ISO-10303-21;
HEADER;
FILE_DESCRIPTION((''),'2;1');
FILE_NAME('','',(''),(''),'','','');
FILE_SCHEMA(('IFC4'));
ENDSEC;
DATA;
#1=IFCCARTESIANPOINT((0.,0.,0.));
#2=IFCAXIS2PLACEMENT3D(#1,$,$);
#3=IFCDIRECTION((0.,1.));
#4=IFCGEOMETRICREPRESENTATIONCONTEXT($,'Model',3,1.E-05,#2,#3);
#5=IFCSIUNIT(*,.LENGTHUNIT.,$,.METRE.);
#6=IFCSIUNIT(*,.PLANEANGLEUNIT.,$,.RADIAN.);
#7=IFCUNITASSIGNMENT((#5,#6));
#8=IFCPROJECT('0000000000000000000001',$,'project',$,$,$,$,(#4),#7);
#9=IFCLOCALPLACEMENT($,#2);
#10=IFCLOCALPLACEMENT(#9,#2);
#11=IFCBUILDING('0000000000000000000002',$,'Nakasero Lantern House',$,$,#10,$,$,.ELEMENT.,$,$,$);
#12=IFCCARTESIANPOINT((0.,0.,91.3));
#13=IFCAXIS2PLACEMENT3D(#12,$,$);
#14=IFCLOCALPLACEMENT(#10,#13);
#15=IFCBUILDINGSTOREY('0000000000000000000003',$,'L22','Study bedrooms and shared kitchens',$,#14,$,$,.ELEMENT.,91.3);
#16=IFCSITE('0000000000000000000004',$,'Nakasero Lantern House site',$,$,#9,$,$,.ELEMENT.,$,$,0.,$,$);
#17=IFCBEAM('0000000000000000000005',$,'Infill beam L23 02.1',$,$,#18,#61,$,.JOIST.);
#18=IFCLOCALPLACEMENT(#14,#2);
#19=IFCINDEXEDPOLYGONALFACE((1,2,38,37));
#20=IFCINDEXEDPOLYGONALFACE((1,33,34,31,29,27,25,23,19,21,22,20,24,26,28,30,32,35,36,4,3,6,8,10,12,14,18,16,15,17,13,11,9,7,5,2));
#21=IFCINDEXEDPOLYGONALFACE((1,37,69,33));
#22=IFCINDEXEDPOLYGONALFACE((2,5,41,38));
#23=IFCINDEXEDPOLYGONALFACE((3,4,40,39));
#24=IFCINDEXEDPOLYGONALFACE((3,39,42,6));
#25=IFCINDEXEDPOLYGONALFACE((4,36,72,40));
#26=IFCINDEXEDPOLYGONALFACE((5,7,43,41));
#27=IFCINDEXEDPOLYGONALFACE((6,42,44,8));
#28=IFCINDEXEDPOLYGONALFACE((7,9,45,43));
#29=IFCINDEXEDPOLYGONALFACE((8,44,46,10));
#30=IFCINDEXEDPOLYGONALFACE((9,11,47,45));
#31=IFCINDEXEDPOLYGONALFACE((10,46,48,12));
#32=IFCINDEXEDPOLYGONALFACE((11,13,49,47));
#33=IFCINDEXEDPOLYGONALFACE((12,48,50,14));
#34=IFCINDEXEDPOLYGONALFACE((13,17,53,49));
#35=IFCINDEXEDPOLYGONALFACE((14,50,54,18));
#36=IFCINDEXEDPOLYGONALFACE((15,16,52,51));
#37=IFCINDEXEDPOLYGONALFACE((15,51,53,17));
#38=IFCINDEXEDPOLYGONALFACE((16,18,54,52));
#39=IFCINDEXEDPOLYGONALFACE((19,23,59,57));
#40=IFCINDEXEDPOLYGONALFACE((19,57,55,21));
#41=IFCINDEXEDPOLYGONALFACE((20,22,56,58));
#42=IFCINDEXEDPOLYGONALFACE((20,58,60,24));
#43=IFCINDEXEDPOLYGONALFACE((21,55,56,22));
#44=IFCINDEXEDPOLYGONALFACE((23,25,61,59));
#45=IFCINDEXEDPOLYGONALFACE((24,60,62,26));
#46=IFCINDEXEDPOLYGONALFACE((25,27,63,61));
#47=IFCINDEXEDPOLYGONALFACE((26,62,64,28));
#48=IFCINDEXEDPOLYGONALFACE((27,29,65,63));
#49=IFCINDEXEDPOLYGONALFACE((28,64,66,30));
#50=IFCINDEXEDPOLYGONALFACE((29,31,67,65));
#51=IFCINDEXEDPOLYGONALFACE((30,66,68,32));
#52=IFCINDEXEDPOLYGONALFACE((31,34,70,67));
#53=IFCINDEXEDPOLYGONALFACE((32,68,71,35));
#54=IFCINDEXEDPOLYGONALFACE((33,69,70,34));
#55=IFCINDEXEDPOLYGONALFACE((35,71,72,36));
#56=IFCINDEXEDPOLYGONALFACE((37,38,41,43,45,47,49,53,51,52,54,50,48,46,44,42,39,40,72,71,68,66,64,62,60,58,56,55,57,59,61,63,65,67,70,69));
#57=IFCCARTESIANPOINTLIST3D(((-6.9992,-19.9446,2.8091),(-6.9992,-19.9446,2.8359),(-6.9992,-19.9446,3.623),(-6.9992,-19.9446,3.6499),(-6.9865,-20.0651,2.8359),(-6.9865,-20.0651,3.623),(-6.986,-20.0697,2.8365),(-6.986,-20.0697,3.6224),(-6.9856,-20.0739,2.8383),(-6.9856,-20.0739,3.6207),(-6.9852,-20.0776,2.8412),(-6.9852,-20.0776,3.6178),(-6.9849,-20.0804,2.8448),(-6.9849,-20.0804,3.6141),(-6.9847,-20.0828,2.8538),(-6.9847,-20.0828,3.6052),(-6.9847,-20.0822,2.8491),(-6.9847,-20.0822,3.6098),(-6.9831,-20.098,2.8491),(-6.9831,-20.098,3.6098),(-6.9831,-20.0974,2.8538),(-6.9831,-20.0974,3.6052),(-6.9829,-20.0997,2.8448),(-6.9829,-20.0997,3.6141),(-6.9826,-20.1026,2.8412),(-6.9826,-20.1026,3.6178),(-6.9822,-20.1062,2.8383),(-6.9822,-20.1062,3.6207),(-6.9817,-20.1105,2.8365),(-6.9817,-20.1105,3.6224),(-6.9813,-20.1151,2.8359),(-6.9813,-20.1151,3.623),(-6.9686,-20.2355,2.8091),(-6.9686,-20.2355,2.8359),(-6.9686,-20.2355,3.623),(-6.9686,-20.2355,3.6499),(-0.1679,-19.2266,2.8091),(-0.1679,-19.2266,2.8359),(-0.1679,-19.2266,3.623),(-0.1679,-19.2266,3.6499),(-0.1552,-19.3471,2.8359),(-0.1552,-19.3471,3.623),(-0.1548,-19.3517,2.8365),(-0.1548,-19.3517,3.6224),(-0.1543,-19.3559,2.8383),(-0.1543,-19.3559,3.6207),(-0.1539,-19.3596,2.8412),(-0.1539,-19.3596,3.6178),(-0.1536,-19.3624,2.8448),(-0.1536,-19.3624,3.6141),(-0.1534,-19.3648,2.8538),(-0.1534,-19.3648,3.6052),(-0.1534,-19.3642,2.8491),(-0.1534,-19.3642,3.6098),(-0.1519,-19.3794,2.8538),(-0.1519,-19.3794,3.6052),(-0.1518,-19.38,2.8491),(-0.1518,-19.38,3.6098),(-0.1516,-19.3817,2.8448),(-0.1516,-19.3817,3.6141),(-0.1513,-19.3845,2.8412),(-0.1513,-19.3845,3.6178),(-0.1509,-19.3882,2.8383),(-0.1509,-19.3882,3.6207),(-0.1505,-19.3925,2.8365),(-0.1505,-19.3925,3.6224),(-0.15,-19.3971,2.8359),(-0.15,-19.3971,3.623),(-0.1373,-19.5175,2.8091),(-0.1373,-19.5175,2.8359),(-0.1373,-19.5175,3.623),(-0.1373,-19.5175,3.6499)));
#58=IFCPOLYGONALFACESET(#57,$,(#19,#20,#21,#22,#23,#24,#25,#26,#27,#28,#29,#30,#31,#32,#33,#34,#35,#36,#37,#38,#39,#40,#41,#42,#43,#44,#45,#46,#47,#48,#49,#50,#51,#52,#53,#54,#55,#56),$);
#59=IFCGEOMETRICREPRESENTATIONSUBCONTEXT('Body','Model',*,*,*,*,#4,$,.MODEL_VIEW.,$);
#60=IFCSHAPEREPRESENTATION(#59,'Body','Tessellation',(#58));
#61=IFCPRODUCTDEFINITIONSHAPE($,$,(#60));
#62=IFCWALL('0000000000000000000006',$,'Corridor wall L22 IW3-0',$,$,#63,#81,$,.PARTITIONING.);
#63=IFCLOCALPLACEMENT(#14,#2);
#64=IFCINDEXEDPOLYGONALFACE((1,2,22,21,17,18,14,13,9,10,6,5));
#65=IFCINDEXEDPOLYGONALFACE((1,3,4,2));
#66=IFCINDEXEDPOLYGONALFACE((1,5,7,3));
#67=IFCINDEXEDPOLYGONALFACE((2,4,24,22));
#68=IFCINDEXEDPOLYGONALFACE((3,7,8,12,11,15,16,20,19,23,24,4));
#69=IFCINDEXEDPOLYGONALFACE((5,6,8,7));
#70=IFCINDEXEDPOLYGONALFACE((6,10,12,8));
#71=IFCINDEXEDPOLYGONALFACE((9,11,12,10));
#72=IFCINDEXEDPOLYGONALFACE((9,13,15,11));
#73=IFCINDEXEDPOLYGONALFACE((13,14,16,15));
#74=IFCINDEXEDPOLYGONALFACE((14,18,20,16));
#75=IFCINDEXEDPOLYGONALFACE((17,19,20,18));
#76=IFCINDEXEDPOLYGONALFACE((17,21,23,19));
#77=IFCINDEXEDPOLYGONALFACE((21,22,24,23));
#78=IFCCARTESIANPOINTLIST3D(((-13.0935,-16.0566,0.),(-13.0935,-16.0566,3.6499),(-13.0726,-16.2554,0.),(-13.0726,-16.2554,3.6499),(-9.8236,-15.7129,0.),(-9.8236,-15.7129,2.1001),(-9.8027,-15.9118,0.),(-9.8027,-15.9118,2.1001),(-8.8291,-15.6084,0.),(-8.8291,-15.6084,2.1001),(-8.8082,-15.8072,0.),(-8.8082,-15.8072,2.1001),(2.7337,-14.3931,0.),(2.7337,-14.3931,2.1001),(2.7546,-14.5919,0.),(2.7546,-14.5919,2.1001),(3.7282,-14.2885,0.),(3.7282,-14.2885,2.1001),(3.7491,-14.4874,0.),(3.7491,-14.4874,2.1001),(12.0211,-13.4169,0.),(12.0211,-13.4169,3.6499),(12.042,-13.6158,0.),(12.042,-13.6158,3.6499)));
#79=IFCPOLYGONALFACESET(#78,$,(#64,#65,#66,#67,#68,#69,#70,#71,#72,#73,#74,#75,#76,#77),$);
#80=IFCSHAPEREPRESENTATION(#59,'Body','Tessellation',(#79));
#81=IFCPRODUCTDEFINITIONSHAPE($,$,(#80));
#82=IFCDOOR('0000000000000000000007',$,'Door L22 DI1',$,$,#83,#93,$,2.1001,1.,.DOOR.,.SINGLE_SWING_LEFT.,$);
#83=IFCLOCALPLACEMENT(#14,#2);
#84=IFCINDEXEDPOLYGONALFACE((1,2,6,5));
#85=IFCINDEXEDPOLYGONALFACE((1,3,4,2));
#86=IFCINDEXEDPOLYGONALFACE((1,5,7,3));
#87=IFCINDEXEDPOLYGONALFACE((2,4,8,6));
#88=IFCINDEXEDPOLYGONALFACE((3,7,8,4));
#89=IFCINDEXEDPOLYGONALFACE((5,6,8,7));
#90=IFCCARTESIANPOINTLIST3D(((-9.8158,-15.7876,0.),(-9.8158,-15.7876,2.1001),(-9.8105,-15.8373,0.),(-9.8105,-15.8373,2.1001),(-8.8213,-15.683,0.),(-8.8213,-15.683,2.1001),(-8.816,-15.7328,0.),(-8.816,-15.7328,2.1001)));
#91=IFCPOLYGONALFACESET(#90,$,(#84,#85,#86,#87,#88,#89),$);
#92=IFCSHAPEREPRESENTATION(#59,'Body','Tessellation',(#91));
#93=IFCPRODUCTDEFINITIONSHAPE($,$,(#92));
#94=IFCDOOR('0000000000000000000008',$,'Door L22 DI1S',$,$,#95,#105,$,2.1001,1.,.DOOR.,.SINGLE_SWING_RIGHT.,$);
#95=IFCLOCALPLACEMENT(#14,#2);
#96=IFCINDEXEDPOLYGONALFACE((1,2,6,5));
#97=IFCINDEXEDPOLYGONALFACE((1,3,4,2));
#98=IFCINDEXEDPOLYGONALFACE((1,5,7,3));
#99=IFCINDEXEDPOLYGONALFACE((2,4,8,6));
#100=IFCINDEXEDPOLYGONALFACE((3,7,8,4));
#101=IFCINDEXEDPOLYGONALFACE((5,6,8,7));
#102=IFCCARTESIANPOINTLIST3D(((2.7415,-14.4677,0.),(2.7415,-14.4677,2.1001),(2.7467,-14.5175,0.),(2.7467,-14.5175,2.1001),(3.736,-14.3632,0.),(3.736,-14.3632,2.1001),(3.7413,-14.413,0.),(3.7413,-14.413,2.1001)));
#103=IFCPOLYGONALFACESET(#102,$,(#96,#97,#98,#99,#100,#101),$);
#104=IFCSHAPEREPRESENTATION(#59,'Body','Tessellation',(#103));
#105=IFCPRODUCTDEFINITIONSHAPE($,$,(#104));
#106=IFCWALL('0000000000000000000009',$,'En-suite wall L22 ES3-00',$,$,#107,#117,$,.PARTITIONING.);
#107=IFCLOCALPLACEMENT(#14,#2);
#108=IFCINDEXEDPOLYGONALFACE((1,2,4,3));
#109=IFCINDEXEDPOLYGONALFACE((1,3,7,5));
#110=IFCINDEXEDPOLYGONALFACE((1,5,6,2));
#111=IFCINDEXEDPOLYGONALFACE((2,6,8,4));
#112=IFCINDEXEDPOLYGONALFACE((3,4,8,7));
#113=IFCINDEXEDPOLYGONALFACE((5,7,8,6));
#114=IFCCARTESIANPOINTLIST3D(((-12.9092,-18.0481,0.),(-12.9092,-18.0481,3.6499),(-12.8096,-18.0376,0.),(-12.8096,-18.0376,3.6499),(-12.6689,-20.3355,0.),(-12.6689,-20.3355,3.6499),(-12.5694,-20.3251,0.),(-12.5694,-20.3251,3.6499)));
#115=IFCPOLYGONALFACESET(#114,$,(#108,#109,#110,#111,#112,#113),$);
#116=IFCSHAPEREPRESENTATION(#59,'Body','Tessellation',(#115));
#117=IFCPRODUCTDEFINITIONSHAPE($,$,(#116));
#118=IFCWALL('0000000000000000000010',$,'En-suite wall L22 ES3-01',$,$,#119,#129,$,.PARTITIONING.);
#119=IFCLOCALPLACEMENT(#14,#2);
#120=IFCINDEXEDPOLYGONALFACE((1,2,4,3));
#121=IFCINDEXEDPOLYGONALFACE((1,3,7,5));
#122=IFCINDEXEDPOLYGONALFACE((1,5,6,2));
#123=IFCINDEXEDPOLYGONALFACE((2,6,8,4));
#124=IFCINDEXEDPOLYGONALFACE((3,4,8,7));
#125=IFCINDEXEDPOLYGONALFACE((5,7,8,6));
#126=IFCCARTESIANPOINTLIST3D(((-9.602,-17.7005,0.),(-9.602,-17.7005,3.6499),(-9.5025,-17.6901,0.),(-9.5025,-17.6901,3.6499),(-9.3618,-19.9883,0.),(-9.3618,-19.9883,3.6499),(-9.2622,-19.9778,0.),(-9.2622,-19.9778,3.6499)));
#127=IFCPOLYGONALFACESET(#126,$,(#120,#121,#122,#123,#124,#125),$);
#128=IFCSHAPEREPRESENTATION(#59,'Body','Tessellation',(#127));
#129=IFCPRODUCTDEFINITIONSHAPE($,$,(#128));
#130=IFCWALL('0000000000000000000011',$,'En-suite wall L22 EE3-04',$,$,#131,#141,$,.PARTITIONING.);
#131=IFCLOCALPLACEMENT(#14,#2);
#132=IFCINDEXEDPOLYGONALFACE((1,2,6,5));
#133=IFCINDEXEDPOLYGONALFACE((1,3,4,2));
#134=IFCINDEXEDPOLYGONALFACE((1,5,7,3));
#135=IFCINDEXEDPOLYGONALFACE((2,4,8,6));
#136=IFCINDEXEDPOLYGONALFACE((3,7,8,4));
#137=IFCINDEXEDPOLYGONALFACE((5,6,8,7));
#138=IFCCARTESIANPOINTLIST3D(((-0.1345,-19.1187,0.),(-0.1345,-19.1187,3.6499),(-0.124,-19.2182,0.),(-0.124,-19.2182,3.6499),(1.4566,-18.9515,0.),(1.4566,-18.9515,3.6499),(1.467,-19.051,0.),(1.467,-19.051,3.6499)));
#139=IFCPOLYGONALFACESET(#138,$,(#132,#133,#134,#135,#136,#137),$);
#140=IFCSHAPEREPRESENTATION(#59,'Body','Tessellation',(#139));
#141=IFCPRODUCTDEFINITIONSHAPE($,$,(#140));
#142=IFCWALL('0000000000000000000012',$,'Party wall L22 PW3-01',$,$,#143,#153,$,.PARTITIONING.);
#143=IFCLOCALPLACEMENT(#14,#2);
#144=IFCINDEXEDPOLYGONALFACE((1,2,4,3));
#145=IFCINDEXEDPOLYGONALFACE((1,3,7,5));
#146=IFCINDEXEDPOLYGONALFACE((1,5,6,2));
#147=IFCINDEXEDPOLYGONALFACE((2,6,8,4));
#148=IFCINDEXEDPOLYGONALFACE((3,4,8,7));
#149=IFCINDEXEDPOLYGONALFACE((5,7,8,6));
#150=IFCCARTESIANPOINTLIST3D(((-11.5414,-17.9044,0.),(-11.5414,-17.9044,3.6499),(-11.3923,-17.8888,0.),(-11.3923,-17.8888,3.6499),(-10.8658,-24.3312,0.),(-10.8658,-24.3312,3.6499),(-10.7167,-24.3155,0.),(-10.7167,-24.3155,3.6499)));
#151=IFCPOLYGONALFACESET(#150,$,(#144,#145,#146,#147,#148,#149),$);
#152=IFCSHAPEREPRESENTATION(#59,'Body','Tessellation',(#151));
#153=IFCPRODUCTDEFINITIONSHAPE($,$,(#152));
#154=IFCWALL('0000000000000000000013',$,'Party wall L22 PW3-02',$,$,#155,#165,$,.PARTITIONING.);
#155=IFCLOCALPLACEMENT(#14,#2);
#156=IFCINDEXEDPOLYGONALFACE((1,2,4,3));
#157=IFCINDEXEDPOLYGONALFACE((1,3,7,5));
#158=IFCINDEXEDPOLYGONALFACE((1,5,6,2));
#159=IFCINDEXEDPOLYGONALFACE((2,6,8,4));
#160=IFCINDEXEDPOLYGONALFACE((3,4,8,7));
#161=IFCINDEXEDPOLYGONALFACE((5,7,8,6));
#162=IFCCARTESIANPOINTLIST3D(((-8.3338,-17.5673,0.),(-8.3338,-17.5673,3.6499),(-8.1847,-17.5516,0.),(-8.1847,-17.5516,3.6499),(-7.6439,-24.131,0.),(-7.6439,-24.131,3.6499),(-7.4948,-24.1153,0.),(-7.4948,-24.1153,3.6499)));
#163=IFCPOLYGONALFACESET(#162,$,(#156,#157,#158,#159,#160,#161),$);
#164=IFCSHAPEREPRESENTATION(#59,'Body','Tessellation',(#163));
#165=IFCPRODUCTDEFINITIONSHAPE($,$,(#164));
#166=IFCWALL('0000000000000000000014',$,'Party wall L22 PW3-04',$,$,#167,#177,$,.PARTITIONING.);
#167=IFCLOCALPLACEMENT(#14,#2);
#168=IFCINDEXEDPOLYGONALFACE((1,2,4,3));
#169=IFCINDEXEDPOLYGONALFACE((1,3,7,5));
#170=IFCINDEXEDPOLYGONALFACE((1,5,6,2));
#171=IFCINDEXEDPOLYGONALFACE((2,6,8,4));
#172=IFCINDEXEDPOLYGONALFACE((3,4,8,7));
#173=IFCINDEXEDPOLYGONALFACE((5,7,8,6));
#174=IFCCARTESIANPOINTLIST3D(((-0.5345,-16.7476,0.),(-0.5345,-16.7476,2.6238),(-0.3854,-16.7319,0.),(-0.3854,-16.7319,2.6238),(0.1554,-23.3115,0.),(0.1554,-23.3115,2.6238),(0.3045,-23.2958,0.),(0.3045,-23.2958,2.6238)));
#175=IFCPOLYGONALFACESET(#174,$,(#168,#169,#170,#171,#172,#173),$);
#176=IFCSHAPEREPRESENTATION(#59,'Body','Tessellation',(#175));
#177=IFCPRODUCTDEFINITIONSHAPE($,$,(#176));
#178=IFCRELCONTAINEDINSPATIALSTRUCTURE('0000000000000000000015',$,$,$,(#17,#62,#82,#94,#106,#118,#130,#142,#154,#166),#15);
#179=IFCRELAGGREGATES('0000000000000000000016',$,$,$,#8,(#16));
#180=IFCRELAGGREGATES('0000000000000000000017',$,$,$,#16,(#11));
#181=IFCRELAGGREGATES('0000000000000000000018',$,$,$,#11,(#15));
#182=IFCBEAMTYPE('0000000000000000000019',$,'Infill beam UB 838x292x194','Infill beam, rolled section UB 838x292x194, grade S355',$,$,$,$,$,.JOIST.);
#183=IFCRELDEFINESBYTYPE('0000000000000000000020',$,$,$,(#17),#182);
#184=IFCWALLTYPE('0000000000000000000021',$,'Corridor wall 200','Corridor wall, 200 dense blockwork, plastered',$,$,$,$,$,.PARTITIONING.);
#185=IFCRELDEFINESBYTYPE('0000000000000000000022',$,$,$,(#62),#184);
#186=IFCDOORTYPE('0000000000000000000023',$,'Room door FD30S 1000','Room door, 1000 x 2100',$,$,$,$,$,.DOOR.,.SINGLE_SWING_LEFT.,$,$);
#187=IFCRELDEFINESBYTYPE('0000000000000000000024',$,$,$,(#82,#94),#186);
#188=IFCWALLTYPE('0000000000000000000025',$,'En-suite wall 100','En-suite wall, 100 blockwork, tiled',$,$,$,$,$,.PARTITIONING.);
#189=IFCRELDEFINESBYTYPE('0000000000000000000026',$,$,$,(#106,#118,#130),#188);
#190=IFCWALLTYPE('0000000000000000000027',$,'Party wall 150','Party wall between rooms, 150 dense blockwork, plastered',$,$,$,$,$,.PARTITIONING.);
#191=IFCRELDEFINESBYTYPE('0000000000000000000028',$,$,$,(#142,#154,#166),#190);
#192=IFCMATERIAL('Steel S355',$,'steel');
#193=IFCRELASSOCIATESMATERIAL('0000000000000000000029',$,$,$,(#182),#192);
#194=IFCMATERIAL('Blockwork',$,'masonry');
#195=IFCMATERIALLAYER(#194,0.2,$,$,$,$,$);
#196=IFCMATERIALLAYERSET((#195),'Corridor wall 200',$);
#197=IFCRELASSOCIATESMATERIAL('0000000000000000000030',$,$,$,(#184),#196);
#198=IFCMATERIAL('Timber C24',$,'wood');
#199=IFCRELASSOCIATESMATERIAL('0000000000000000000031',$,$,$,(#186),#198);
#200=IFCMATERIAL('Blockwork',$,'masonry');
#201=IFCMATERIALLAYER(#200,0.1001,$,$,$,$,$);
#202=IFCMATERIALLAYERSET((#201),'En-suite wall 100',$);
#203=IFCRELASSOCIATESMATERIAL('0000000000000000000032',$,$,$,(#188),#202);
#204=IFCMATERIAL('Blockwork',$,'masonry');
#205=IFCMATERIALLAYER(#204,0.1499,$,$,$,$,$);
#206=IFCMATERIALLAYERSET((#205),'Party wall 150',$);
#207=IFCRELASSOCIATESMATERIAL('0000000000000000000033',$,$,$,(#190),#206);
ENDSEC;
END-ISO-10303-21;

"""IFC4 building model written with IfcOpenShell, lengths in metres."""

from ifc_helpers import new_model, si_unit, direction, frame, frame_2d, origin, origin_2d, place, context, subcontext, project, spatial, rectangle, i_section, extrude, material, layer, layer_set, material_profile, profile_set, type_object, element, fill, save


model = new_model("IFC4")

# Units and contexts
model_context = context("Model", 3, precision=1e-05, world=origin(), true_north=direction((0.0, 1.0)))
body_context = subcontext(model_context, "Body", "Model", "MODEL_VIEW")
ifc_project = project(units=[si_unit("LENGTHUNIT", "METRE"), si_unit("PLANEANGLEUNIT", "RADIAN")], contexts=[model_context])

# Site, building, storey
site_placement = place(None, origin())
site = spatial("IfcSite", under=ifc_project, at=site_placement, Name="Nakasero Lantern House site", CompositionType="ELEMENT", RefElevation=0.0)
building_placement = place(site_placement, origin())
building = spatial("IfcBuilding", under=site, at=building_placement, Name="Nakasero Lantern House", CompositionType="ELEMENT")
storey_placement = place(building_placement, frame((0.0, 0.0, 91.3)))
storey = spatial("IfcBuildingStorey", under=building, at=storey_placement, Name="L22", Description="Study bedrooms and shared kitchens", CompositionType="ELEMENT", Elevation=91.3)

# Beam
ifc_material_1 = material(Name="Steel S355", Category="steel")
ifc_material_profile_1 = material_profile(ifc_material_1, i_section(OverallWidth=0.2925, OverallDepth=0.8408, WebThickness=0.0146, FlangeThickness=0.0269, FilletRadius=0.0178, at=origin_2d()), Name="UB 838x292x194")
ifc_profile_set_1 = profile_set([ifc_material_profile_1], Name="Steel S355")
beam_type_1 = type_object("IfcBeamType", Name="Infill beam UB 838x292x194", Description="Infill beam, rolled section UB 838x292x194, grade S355", PredefinedType="JOIST", material=ifc_profile_set_1)
beam_1_placement = place(storey_placement, frame((-6.9839, -20.0901, 3.2295), z_axis=(0.994522, 0.104531, 0.0), x_axis=(-0.104531, 0.994522, 0.0)))
element("IfcBeam", 1, at=beam_1_placement, inside=storey, type_object=beam_type_1, Name="Infill beam L23 02.1", PredefinedType="JOIST", context=body_context, shape_type="SweptSolid", body=[
    extrude(i_section(OverallWidth=0.2925, OverallDepth=0.8408, WebThickness=0.0146, FlangeThickness=0.0269, FilletRadius=0.0178, at=origin_2d()), origin(), (0.0, 0.0, 1.0), 6.8689),
])

# Wall, openings, doors
ifc_material_2 = material(Name="Blockwork", Category="masonry")
ifc_layer_1 = layer(ifc_material_2, 0.2)
ifc_layer_set_1 = layer_set([ifc_layer_1], Name="Corridor wall 200")
wall_type_1 = type_object("IfcWallType", Name="Corridor wall 200", Description="Corridor wall, 200 dense blockwork, plastered", PredefinedType="PARTITIONING", material=ifc_layer_set_1)
wall_1_placement = place(storey_placement, frame((-13.083, -16.156, 0.0), z_axis=(0.0, 0.0, 1.0), x_axis=(0.994522, 0.104529, 0.0)))
wall_1 = element("IfcWall", 2, at=wall_1_placement, inside=storey, type_object=wall_type_1, Name="Corridor wall L22 IW3-0", PredefinedType="PARTITIONING", context=body_context, shape_type="SweptSolid", body=[
    extrude(rectangle(XDim=25.2529, YDim=0.2, at=frame_2d((12.6265, 0.0))), origin(), (0.0, 0.0, 1.0), 3.6499),
])
opening_1_placement = place(wall_1_placement, frame((3.2878, 0.0, 0.0)))
opening_1 = element("IfcOpeningElement", 3, at=opening_1_placement, cuts=wall_1, PredefinedType="OPENING", context=body_context, shape_type="SweptSolid", body=[
    extrude(rectangle(XDim=1.0, YDim=2.1001, at=frame_2d((0.5, 1.05))), frame((0.0, 0.1199, 0.0), z_axis=(0.0, -1.0, 0.0), x_axis=(1.0, 0.0, 0.0)), (0.0, 0.0, 1.0), 0.24),
])
opening_2_placement = place(wall_1_placement, frame((15.9143, 0.0, 0.0)))
opening_2 = element("IfcOpeningElement", 4, at=opening_2_placement, cuts=wall_1, PredefinedType="OPENING", context=body_context, shape_type="SweptSolid", body=[
    extrude(rectangle(XDim=1.0, YDim=2.1001, at=frame_2d((0.5, 1.05))), frame((0.0, 0.1199, 0.0), z_axis=(0.0, -1.0, 0.0), x_axis=(1.0, 0.0, 0.0)), (0.0, 0.0, 1.0), 0.24),
])
ifc_material_3 = material(Name="Timber C24", Category="wood")
door_type = type_object("IfcDoorType", Name="Room door FD30S 1000", Description="Room door, 1000 x 2100", OperationType="SINGLE_SWING_LEFT", PredefinedType="DOOR", material=ifc_material_3)
door_1_placement = place(opening_1_placement, origin())
door_1 = element("IfcDoor", 5, at=door_1_placement, inside=storey, type_object=door_type, Name="Door L22 DI1", OperationType="SINGLE_SWING_LEFT", OverallHeight=2.1001, OverallWidth=1.0, PredefinedType="DOOR", context=body_context, shape_type="SweptSolid", body=[
    extrude(rectangle(XDim=1.0, YDim=2.1001, at=frame_2d((0.5, 1.05))), frame((0.0, 0.0249, 0.0), z_axis=(0.0, -1.0, 0.0), x_axis=(1.0, 0.0, 0.0)), (0.0, 0.0, 1.0), 0.05),
])
fill(opening_1, door_1)
door_2_placement = place(opening_2_placement, origin())
door_2 = element("IfcDoor", 6, at=door_2_placement, inside=storey, type_object=door_type, Name="Door L22 DI1S", OperationType="SINGLE_SWING_RIGHT", OverallHeight=2.1001, OverallWidth=1.0, PredefinedType="DOOR", context=body_context, shape_type="SweptSolid", body=[
    extrude(rectangle(XDim=1.0, YDim=2.1001, at=frame_2d((0.5, 1.05))), frame((0.0, 0.0249, 0.0), z_axis=(0.0, -1.0, 0.0), x_axis=(1.0, 0.0, 0.0)), (0.0, 0.0, 1.0), 0.05),
])
fill(opening_2, door_2)

# Walls
ifc_material_4 = material(Name="Blockwork", Category="masonry")
ifc_layer_2 = layer(ifc_material_4, 0.1001)
ifc_layer_set_2 = layer_set([ifc_layer_2], Name="En-suite wall 100")
wall_type_2 = type_object("IfcWallType", Name="En-suite wall 100", Description="En-suite wall, 100 blockwork, tiled", PredefinedType="PARTITIONING", material=ifc_layer_set_2)
wall_2_placement = place(storey_placement, frame((-12.8594, -18.043, 0.0), z_axis=(0.0, 0.0, 1.0), x_axis=(0.104453, -0.99453, 0.0)))
element("IfcWall", 7, at=wall_2_placement, inside=storey, type_object=wall_type_2, Name="En-suite wall L22 ES3-00", PredefinedType="PARTITIONING", context=body_context, shape_type="SweptSolid", body=[
    extrude(rectangle(XDim=2.3, YDim=0.1001, at=frame_2d((1.1499, 0.0))), origin(), (0.0, 0.0, 1.0), 3.6499),
])
wall_3_placement = place(storey_placement, frame((-9.5522, -17.6953, 0.0), z_axis=(0.0, 0.0, 1.0), x_axis=(0.104442, -0.994531, 0.0)))
element("IfcWall", 8, at=wall_3_placement, inside=storey, type_object=wall_type_2, Name="En-suite wall L22 ES3-01", PredefinedType="PARTITIONING", context=body_context, shape_type="SweptSolid", body=[
    extrude(rectangle(XDim=2.3003, YDim=0.1001, at=frame_2d((1.1501, 0.0))), origin(), (0.0, 0.0, 1.0), 3.6499),
])
wall_4_placement = place(storey_placement, frame((-0.1292, -19.1685, 0.0), z_axis=(0.0, 0.0, 1.0), x_axis=(0.994521, 0.104534, 0.0)))
element("IfcWall", 9, at=wall_4_placement, inside=storey, type_object=wall_type_2, Name="En-suite wall L22 EE3-04", PredefinedType="PARTITIONING", context=body_context, shape_type="SweptSolid", body=[
    extrude(rectangle(XDim=1.5999, YDim=0.1001, at=frame_2d((0.7998, 0.0))), origin(), (0.0, 0.0, 1.0), 3.6499),
])
ifc_material_5 = material(Name="Blockwork", Category="masonry")
ifc_layer_3 = layer(ifc_material_5, 0.1499)
ifc_layer_set_3 = layer_set([ifc_layer_3], Name="Party wall 150")
wall_type_3 = type_object("IfcWallType", Name="Party wall 150", Description="Party wall between rooms, 150 dense blockwork, plastered", PredefinedType="PARTITIONING", material=ifc_layer_set_3)
wall_5_placement = place(storey_placement, frame((-11.4668, -17.8967, 0.0), z_axis=(0.0, 0.0, 1.0), x_axis=(0.104537, -0.994521, 0.0)))
element("IfcWall", 10, at=wall_5_placement, inside=storey, type_object=wall_type_3, Name="Party wall L22 PW3-01", PredefinedType="PARTITIONING", context=body_context, shape_type="SweptSolid", body=[
    extrude(rectangle(XDim=6.4622, YDim=0.1499, at=frame_2d((3.231, 0.0))), origin(), (0.0, 0.0, 1.0), 3.6499),
])
wall_6_placement = place(storey_placement, frame((-8.2593, -17.5596, 0.0), z_axis=(0.0, 0.0, 1.0), x_axis=(0.104538, -0.994521, 0.0)))
element("IfcWall", 11, at=wall_6_placement, inside=storey, type_object=wall_type_3, Name="Party wall L22 PW3-02", PredefinedType="PARTITIONING", context=body_context, shape_type="SweptSolid", body=[
    extrude(rectangle(XDim=6.5999, YDim=0.1499, at=frame_2d((3.2998, 0.0))), origin(), (0.0, 0.0, 1.0), 3.6499),
])
wall_7_placement = place(storey_placement, frame((-0.46, -16.7397, 0.0), z_axis=(0.0, 0.0, 1.0), x_axis=(0.104535, -0.994521, 0.0)))
element("IfcWall", 12, at=wall_7_placement, inside=storey, type_object=wall_type_3, Name="Party wall L22 PW3-04", PredefinedType="PARTITIONING", context=body_context, shape_type="SweptSolid", body=[
    extrude(rectangle(XDim=6.6001, YDim=0.1499, at=frame_2d((3.3, 0.0))), origin(), (0.0, 0.0, 1.0), 2.6238),
])

save(model, "model.ifc")
